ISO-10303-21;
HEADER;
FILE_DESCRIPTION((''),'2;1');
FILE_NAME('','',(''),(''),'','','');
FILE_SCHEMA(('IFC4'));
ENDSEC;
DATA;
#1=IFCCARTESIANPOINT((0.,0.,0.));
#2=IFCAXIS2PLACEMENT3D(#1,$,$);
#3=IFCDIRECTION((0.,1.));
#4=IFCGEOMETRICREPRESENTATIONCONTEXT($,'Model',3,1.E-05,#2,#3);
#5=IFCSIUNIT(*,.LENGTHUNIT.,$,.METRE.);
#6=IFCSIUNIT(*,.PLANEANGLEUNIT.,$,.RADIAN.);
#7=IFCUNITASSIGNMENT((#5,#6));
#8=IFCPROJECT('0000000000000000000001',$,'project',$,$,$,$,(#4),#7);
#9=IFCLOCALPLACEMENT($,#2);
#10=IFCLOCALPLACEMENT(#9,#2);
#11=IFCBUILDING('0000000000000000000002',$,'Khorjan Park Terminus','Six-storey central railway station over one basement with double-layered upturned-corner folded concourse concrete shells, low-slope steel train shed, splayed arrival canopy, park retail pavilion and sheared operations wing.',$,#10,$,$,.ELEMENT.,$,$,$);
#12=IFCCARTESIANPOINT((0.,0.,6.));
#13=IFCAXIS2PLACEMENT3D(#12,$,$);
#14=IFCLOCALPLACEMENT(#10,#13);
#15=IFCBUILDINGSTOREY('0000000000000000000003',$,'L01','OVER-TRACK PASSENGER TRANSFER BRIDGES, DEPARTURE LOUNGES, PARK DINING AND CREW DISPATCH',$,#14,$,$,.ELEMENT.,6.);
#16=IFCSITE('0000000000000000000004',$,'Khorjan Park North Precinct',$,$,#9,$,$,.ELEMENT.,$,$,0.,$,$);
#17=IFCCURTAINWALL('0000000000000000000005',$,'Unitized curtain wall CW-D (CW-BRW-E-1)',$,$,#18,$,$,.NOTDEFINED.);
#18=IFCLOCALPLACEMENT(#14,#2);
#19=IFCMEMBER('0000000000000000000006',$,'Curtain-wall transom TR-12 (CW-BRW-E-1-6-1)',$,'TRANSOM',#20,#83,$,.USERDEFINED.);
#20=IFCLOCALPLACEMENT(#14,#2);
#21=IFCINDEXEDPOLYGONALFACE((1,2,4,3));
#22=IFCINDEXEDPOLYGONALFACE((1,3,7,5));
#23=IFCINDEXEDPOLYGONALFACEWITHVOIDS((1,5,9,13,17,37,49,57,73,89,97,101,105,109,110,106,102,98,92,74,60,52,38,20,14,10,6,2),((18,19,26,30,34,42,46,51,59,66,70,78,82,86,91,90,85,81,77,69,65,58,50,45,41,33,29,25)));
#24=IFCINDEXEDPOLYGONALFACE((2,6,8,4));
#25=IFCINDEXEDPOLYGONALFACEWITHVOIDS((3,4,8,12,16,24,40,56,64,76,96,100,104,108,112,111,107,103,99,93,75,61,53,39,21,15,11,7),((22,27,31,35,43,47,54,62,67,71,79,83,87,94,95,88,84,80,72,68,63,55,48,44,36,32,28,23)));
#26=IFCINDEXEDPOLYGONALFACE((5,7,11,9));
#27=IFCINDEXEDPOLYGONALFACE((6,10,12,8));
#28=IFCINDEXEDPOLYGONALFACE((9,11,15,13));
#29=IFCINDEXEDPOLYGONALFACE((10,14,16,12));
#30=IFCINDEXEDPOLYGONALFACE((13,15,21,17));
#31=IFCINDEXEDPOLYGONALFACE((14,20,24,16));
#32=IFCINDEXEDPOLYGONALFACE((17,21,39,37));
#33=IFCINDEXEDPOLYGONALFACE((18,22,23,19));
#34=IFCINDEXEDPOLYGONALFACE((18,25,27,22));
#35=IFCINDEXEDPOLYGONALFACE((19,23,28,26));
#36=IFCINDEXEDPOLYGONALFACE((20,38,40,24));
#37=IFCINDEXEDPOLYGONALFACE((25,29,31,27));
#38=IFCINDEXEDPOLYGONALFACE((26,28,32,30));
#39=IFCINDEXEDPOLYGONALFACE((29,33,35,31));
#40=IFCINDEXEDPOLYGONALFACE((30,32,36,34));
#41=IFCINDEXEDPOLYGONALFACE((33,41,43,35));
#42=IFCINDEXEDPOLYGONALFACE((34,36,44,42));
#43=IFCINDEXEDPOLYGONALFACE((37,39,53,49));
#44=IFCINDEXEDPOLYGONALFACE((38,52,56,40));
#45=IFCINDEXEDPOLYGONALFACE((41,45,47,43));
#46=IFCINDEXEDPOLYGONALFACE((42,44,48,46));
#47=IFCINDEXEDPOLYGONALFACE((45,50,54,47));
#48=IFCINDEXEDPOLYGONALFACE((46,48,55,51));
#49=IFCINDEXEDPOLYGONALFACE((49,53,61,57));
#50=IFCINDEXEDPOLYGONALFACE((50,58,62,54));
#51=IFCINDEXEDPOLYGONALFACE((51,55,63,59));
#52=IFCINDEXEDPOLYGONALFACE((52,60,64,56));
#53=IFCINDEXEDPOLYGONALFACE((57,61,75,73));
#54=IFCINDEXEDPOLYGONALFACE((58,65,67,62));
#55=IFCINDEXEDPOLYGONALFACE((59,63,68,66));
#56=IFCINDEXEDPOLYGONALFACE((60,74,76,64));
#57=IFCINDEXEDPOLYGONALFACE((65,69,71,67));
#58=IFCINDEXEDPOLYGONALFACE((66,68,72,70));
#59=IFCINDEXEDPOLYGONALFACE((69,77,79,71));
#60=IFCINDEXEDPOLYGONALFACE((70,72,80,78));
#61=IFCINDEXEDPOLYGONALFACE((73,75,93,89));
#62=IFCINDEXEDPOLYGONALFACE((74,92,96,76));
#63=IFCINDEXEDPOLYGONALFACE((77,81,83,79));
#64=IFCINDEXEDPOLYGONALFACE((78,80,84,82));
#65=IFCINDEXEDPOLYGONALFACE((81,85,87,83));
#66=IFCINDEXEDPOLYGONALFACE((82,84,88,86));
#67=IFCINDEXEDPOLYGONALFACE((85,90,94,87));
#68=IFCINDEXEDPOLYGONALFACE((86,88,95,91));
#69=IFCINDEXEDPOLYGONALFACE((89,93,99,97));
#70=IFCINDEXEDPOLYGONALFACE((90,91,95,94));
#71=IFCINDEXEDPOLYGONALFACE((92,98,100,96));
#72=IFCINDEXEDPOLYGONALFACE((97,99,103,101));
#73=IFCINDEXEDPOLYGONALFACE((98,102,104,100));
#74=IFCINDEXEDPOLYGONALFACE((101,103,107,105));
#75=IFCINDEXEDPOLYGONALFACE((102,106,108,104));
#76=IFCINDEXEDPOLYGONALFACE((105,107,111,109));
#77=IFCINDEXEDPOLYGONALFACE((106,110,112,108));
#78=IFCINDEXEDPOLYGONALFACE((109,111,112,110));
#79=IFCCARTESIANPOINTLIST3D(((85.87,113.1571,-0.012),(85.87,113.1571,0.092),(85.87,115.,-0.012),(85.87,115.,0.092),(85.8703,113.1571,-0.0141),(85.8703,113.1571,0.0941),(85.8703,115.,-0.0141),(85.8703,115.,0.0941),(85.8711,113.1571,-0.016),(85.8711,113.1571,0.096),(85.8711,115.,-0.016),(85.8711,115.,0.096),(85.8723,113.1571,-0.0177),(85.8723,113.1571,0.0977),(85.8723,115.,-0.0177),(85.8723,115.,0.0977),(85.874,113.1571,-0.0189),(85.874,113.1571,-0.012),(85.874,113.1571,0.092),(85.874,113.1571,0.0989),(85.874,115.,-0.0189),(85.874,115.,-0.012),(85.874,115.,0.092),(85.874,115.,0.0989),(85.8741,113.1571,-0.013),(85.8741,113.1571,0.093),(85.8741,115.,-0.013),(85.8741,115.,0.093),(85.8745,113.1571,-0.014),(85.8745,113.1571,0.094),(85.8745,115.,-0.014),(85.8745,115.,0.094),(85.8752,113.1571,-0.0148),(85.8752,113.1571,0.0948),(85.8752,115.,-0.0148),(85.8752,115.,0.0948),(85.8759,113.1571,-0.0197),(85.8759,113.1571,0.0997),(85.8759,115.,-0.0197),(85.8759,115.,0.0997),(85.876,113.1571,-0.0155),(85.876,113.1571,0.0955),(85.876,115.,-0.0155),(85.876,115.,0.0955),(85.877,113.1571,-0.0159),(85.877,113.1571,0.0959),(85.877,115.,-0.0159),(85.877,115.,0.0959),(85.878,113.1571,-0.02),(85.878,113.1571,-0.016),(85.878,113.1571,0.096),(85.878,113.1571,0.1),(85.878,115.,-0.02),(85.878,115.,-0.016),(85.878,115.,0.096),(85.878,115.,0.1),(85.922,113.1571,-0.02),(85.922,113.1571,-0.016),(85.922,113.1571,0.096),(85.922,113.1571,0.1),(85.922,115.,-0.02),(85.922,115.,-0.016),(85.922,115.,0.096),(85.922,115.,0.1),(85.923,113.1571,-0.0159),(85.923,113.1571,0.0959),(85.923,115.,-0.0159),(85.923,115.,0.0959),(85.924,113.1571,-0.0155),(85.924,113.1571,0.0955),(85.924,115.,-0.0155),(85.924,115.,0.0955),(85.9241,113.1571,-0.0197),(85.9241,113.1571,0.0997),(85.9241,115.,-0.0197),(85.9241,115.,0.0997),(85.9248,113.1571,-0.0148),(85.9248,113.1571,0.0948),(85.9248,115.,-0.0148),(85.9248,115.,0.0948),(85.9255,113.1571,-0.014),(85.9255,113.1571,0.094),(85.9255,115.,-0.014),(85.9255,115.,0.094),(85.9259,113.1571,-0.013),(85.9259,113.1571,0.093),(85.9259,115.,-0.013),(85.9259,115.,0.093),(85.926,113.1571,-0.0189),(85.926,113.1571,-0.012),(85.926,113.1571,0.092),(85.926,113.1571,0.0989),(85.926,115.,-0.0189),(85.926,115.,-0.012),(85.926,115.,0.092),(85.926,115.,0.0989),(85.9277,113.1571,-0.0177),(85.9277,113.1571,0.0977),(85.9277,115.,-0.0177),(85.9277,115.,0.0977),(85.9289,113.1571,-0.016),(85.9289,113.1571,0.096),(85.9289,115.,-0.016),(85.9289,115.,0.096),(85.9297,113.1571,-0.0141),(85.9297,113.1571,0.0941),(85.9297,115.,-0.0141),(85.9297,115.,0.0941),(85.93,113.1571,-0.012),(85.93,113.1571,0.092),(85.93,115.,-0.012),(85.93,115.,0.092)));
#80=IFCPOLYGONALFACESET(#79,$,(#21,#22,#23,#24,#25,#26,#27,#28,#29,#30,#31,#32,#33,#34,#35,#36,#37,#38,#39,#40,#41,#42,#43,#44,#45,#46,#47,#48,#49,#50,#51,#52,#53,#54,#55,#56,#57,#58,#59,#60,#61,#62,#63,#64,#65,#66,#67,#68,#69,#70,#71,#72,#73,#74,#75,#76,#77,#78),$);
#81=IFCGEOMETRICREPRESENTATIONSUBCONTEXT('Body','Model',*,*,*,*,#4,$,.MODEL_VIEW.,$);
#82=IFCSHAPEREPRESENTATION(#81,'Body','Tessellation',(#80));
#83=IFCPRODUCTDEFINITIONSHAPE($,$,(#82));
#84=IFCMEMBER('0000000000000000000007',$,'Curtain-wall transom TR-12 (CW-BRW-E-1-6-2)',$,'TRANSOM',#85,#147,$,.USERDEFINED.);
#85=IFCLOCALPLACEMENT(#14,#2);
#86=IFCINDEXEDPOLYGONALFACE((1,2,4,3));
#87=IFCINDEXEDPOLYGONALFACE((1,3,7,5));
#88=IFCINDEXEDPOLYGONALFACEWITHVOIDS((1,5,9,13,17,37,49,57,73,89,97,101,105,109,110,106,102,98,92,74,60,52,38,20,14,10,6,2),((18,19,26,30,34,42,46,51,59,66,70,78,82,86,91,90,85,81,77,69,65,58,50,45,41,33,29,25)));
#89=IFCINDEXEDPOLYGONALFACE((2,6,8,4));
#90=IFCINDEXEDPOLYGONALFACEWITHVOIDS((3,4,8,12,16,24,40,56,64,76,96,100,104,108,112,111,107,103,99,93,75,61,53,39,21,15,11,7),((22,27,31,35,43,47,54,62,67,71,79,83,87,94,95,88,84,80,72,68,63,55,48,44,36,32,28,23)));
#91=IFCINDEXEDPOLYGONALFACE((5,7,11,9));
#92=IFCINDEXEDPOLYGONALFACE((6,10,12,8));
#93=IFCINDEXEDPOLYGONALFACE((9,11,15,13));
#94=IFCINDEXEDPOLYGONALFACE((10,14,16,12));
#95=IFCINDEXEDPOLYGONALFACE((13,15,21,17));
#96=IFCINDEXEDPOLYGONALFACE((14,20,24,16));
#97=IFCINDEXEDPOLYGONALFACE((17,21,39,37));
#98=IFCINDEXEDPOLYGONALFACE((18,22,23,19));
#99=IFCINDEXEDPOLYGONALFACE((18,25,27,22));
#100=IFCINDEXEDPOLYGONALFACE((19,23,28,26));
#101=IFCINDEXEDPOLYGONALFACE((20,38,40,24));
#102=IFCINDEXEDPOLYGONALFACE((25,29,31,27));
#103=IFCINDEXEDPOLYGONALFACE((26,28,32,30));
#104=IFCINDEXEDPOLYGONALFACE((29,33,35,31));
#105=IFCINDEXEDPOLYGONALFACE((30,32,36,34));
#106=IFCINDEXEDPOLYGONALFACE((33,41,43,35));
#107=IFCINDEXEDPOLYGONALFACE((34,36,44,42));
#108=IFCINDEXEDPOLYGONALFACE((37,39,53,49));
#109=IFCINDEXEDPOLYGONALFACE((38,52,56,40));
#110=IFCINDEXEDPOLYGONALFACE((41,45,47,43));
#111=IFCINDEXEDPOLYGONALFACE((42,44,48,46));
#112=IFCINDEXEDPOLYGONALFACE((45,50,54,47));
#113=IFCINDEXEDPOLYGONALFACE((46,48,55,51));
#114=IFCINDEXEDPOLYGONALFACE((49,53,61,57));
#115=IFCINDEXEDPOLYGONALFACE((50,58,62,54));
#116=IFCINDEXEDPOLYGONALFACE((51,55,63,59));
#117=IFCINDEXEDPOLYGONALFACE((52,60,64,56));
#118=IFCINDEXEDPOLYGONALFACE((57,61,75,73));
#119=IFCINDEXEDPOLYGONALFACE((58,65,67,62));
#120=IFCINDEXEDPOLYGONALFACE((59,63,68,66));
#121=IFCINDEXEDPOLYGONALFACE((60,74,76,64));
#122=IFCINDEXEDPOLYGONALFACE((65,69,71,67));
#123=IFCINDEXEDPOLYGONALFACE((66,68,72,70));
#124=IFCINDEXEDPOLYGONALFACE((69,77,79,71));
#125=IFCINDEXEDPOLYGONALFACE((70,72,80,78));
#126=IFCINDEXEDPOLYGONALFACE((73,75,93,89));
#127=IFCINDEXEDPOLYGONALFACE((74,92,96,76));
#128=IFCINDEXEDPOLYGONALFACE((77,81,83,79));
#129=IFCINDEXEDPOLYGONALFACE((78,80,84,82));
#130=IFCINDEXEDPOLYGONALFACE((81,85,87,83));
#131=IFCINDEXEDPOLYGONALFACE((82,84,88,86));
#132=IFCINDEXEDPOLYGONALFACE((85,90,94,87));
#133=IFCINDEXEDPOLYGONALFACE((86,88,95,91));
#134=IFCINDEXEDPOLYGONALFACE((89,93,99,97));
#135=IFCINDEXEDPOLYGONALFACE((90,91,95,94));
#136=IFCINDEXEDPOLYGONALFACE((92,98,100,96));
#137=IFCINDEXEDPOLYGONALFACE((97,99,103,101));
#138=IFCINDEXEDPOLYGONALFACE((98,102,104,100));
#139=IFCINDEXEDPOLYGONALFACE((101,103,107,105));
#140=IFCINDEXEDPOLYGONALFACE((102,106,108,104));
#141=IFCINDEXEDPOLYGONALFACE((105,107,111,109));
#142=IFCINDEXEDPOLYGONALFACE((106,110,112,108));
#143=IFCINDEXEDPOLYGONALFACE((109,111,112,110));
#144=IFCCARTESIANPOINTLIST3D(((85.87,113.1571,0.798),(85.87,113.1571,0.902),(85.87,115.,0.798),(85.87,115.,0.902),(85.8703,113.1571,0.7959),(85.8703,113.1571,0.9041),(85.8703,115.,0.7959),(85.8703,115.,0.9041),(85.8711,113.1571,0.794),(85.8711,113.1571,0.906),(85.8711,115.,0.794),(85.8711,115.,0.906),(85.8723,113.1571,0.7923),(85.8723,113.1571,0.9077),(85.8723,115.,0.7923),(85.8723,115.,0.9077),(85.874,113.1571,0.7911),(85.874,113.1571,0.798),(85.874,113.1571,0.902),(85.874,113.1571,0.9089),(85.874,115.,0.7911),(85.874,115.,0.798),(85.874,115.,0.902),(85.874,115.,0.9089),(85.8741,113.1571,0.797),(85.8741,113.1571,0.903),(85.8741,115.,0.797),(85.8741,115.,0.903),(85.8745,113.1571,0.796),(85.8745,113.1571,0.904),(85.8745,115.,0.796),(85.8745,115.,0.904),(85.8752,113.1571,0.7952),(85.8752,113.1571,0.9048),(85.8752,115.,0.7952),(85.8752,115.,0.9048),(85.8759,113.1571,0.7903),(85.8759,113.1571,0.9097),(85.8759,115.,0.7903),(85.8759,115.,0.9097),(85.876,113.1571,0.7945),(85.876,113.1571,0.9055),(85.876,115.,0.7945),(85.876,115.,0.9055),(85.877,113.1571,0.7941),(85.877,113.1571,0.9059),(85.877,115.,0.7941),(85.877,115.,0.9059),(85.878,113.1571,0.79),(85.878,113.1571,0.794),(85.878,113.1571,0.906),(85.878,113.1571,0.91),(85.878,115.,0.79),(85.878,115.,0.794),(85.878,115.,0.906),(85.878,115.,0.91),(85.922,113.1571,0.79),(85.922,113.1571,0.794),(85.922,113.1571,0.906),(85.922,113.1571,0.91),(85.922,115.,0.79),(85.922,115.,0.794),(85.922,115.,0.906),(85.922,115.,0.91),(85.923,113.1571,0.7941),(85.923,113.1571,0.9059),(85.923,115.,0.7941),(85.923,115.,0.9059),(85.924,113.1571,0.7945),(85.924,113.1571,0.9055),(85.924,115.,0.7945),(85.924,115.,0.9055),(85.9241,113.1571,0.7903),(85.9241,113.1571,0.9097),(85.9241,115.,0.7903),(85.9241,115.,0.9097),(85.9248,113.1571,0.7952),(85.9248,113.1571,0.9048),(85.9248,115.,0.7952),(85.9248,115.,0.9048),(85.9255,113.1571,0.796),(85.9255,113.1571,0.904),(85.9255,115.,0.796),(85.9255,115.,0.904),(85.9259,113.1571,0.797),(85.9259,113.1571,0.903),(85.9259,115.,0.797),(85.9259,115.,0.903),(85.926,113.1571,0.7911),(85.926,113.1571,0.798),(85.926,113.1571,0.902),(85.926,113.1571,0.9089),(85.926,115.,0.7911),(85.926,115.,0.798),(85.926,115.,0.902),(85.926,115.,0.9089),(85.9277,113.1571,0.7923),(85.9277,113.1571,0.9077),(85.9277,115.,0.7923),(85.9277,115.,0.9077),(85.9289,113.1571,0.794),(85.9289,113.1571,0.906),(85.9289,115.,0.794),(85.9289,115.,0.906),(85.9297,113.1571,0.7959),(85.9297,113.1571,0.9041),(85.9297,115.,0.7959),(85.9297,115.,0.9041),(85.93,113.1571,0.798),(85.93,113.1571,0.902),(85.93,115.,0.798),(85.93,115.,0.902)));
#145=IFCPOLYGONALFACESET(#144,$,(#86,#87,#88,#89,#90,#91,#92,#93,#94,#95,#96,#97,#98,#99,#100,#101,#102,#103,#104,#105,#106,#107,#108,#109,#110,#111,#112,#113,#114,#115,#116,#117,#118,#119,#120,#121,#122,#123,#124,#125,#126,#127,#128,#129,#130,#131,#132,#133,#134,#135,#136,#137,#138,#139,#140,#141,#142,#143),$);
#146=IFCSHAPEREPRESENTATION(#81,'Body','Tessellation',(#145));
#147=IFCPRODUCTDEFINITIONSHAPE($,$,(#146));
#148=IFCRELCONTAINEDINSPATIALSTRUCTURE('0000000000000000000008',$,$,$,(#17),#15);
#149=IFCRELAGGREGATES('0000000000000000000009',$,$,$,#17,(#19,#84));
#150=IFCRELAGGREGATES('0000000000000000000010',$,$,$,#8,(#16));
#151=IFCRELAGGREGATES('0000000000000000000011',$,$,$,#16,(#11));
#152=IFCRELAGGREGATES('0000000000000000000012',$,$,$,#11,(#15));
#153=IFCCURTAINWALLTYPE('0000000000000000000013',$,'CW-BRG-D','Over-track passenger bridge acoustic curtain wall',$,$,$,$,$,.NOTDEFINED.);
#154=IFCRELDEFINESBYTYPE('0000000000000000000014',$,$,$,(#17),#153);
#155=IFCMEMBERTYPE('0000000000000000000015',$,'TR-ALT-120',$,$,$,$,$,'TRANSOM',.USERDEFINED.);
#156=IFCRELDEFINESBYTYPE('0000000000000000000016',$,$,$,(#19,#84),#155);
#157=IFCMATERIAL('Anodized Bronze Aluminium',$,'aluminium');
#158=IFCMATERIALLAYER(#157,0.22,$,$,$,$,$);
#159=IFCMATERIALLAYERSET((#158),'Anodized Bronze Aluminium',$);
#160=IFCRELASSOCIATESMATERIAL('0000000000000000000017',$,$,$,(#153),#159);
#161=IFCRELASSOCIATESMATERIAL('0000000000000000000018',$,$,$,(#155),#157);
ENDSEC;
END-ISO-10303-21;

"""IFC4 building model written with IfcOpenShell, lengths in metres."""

from ifc_helpers import new_model, si_unit, direction, frame, origin, origin_2d, place, context, subcontext, project, spatial, hollow_rectangle, extrude, material, layer, layer_set, material_profile, profile_set, type_object, element, aggregate, save


model = new_model("IFC4")

# Units and contexts
model_context = context("Model", 3, precision=1e-05, world=origin(), true_north=direction((0.0, 1.0)))
body_context = subcontext(model_context, "Body", "Model", "MODEL_VIEW")
ifc_project = project(units=[si_unit("LENGTHUNIT", "METRE"), si_unit("PLANEANGLEUNIT", "RADIAN")], contexts=[model_context])

# Site, building, storey
site_placement = place(None, origin())
site = spatial("IfcSite", under=ifc_project, at=site_placement, Name="Khorjan Park North Precinct", CompositionType="ELEMENT", RefElevation=0.0)
building_placement = place(site_placement, origin())
building = spatial("IfcBuilding", under=site, at=building_placement, Name="Khorjan Park Terminus", Description="Six-storey central railway station over one basement with double-layered upturned-corner folded concourse concrete shells, low-slope steel train shed, splayed arrival canopy, park retail pavilion and sheared operations wing.", CompositionType="ELEMENT")
storey_placement = place(building_placement, frame((0.0, 0.0, 6.0)))
storey = spatial("IfcBuildingStorey", under=building, at=storey_placement, Name="L01", Description="OVER-TRACK PASSENGER TRANSFER BRIDGES, DEPARTURE LOUNGES, PARK DINING AND CREW DISPATCH", CompositionType="ELEMENT", Elevation=6.0)

# Curtain wall
ifc_material_1 = material(Name="Anodized Bronze Aluminium", Category="aluminium")
ifc_layer_1 = layer(ifc_material_1, 0.22)
ifc_layer_set_1 = layer_set([ifc_layer_1], Name="Anodized Bronze Aluminium")
curtain_wall_type = type_object("IfcCurtainWallType", Name="CW-BRG-D", Description="Over-track passenger bridge acoustic curtain wall", PredefinedType="NOTDEFINED", material=ifc_layer_set_1)
curtain_wall_1_placement = place(storey_placement, origin())
curtain_wall_1 = element("IfcCurtainWall", 1, at=curtain_wall_1_placement, inside=storey, type_object=curtain_wall_type, Name="Unitized curtain wall CW-D (CW-BRW-E-1)", PredefinedType="NOTDEFINED")

# Members
ifc_material_profile_1 = material_profile(ifc_material_1, hollow_rectangle(XDim=0.06, YDim=0.12, WallThickness=0.004, InnerFilletRadius=0.004, OuterFilletRadius=0.008, at=origin_2d()), Name="ALT 60x120x4")
ifc_profile_set_1 = profile_set([ifc_material_profile_1], Name="Anodized Bronze Aluminium")
member_type_1 = type_object("IfcMemberType", Name="TR-ALT-120", ElementType="TRANSOM", PredefinedType="USERDEFINED", material=ifc_profile_set_1)
member_1_placement = place(storey_placement, frame((85.9, 113.1571, 0.04), z_axis=(0.0, 1.0, 0.0), x_axis=(-1.0, 0.0, 0.0)))
member_1 = element("IfcMember", 2, at=member_1_placement, type_object=member_type_1, Name="Curtain-wall transom TR-12 (CW-BRW-E-1-6-1)", ObjectType="TRANSOM", PredefinedType="USERDEFINED", context=body_context, shape_type="SweptSolid", body=[
    extrude(hollow_rectangle(XDim=0.06, YDim=0.12, WallThickness=0.004, InnerFilletRadius=0.004, OuterFilletRadius=0.008, at=origin_2d()), origin(), (0.0, 0.0, 1.0), 1.8429),
])
member_2_placement = place(storey_placement, frame((85.9, 113.1571, 0.85), z_axis=(0.0, 1.0, 0.0), x_axis=(-1.0, 0.0, 0.0)))
member_2 = element("IfcMember", 3, at=member_2_placement, type_object=member_type_1, Name="Curtain-wall transom TR-12 (CW-BRW-E-1-6-2)", ObjectType="TRANSOM", PredefinedType="USERDEFINED", context=body_context, shape_type="SweptSolid", body=[
    extrude(hollow_rectangle(XDim=0.06, YDim=0.12, WallThickness=0.004, InnerFilletRadius=0.004, OuterFilletRadius=0.008, at=origin_2d()), origin(), (0.0, 0.0, 1.0), 1.8429),
])

aggregate(curtain_wall_1, [member_1, member_2])

save(model, "model.ifc")
